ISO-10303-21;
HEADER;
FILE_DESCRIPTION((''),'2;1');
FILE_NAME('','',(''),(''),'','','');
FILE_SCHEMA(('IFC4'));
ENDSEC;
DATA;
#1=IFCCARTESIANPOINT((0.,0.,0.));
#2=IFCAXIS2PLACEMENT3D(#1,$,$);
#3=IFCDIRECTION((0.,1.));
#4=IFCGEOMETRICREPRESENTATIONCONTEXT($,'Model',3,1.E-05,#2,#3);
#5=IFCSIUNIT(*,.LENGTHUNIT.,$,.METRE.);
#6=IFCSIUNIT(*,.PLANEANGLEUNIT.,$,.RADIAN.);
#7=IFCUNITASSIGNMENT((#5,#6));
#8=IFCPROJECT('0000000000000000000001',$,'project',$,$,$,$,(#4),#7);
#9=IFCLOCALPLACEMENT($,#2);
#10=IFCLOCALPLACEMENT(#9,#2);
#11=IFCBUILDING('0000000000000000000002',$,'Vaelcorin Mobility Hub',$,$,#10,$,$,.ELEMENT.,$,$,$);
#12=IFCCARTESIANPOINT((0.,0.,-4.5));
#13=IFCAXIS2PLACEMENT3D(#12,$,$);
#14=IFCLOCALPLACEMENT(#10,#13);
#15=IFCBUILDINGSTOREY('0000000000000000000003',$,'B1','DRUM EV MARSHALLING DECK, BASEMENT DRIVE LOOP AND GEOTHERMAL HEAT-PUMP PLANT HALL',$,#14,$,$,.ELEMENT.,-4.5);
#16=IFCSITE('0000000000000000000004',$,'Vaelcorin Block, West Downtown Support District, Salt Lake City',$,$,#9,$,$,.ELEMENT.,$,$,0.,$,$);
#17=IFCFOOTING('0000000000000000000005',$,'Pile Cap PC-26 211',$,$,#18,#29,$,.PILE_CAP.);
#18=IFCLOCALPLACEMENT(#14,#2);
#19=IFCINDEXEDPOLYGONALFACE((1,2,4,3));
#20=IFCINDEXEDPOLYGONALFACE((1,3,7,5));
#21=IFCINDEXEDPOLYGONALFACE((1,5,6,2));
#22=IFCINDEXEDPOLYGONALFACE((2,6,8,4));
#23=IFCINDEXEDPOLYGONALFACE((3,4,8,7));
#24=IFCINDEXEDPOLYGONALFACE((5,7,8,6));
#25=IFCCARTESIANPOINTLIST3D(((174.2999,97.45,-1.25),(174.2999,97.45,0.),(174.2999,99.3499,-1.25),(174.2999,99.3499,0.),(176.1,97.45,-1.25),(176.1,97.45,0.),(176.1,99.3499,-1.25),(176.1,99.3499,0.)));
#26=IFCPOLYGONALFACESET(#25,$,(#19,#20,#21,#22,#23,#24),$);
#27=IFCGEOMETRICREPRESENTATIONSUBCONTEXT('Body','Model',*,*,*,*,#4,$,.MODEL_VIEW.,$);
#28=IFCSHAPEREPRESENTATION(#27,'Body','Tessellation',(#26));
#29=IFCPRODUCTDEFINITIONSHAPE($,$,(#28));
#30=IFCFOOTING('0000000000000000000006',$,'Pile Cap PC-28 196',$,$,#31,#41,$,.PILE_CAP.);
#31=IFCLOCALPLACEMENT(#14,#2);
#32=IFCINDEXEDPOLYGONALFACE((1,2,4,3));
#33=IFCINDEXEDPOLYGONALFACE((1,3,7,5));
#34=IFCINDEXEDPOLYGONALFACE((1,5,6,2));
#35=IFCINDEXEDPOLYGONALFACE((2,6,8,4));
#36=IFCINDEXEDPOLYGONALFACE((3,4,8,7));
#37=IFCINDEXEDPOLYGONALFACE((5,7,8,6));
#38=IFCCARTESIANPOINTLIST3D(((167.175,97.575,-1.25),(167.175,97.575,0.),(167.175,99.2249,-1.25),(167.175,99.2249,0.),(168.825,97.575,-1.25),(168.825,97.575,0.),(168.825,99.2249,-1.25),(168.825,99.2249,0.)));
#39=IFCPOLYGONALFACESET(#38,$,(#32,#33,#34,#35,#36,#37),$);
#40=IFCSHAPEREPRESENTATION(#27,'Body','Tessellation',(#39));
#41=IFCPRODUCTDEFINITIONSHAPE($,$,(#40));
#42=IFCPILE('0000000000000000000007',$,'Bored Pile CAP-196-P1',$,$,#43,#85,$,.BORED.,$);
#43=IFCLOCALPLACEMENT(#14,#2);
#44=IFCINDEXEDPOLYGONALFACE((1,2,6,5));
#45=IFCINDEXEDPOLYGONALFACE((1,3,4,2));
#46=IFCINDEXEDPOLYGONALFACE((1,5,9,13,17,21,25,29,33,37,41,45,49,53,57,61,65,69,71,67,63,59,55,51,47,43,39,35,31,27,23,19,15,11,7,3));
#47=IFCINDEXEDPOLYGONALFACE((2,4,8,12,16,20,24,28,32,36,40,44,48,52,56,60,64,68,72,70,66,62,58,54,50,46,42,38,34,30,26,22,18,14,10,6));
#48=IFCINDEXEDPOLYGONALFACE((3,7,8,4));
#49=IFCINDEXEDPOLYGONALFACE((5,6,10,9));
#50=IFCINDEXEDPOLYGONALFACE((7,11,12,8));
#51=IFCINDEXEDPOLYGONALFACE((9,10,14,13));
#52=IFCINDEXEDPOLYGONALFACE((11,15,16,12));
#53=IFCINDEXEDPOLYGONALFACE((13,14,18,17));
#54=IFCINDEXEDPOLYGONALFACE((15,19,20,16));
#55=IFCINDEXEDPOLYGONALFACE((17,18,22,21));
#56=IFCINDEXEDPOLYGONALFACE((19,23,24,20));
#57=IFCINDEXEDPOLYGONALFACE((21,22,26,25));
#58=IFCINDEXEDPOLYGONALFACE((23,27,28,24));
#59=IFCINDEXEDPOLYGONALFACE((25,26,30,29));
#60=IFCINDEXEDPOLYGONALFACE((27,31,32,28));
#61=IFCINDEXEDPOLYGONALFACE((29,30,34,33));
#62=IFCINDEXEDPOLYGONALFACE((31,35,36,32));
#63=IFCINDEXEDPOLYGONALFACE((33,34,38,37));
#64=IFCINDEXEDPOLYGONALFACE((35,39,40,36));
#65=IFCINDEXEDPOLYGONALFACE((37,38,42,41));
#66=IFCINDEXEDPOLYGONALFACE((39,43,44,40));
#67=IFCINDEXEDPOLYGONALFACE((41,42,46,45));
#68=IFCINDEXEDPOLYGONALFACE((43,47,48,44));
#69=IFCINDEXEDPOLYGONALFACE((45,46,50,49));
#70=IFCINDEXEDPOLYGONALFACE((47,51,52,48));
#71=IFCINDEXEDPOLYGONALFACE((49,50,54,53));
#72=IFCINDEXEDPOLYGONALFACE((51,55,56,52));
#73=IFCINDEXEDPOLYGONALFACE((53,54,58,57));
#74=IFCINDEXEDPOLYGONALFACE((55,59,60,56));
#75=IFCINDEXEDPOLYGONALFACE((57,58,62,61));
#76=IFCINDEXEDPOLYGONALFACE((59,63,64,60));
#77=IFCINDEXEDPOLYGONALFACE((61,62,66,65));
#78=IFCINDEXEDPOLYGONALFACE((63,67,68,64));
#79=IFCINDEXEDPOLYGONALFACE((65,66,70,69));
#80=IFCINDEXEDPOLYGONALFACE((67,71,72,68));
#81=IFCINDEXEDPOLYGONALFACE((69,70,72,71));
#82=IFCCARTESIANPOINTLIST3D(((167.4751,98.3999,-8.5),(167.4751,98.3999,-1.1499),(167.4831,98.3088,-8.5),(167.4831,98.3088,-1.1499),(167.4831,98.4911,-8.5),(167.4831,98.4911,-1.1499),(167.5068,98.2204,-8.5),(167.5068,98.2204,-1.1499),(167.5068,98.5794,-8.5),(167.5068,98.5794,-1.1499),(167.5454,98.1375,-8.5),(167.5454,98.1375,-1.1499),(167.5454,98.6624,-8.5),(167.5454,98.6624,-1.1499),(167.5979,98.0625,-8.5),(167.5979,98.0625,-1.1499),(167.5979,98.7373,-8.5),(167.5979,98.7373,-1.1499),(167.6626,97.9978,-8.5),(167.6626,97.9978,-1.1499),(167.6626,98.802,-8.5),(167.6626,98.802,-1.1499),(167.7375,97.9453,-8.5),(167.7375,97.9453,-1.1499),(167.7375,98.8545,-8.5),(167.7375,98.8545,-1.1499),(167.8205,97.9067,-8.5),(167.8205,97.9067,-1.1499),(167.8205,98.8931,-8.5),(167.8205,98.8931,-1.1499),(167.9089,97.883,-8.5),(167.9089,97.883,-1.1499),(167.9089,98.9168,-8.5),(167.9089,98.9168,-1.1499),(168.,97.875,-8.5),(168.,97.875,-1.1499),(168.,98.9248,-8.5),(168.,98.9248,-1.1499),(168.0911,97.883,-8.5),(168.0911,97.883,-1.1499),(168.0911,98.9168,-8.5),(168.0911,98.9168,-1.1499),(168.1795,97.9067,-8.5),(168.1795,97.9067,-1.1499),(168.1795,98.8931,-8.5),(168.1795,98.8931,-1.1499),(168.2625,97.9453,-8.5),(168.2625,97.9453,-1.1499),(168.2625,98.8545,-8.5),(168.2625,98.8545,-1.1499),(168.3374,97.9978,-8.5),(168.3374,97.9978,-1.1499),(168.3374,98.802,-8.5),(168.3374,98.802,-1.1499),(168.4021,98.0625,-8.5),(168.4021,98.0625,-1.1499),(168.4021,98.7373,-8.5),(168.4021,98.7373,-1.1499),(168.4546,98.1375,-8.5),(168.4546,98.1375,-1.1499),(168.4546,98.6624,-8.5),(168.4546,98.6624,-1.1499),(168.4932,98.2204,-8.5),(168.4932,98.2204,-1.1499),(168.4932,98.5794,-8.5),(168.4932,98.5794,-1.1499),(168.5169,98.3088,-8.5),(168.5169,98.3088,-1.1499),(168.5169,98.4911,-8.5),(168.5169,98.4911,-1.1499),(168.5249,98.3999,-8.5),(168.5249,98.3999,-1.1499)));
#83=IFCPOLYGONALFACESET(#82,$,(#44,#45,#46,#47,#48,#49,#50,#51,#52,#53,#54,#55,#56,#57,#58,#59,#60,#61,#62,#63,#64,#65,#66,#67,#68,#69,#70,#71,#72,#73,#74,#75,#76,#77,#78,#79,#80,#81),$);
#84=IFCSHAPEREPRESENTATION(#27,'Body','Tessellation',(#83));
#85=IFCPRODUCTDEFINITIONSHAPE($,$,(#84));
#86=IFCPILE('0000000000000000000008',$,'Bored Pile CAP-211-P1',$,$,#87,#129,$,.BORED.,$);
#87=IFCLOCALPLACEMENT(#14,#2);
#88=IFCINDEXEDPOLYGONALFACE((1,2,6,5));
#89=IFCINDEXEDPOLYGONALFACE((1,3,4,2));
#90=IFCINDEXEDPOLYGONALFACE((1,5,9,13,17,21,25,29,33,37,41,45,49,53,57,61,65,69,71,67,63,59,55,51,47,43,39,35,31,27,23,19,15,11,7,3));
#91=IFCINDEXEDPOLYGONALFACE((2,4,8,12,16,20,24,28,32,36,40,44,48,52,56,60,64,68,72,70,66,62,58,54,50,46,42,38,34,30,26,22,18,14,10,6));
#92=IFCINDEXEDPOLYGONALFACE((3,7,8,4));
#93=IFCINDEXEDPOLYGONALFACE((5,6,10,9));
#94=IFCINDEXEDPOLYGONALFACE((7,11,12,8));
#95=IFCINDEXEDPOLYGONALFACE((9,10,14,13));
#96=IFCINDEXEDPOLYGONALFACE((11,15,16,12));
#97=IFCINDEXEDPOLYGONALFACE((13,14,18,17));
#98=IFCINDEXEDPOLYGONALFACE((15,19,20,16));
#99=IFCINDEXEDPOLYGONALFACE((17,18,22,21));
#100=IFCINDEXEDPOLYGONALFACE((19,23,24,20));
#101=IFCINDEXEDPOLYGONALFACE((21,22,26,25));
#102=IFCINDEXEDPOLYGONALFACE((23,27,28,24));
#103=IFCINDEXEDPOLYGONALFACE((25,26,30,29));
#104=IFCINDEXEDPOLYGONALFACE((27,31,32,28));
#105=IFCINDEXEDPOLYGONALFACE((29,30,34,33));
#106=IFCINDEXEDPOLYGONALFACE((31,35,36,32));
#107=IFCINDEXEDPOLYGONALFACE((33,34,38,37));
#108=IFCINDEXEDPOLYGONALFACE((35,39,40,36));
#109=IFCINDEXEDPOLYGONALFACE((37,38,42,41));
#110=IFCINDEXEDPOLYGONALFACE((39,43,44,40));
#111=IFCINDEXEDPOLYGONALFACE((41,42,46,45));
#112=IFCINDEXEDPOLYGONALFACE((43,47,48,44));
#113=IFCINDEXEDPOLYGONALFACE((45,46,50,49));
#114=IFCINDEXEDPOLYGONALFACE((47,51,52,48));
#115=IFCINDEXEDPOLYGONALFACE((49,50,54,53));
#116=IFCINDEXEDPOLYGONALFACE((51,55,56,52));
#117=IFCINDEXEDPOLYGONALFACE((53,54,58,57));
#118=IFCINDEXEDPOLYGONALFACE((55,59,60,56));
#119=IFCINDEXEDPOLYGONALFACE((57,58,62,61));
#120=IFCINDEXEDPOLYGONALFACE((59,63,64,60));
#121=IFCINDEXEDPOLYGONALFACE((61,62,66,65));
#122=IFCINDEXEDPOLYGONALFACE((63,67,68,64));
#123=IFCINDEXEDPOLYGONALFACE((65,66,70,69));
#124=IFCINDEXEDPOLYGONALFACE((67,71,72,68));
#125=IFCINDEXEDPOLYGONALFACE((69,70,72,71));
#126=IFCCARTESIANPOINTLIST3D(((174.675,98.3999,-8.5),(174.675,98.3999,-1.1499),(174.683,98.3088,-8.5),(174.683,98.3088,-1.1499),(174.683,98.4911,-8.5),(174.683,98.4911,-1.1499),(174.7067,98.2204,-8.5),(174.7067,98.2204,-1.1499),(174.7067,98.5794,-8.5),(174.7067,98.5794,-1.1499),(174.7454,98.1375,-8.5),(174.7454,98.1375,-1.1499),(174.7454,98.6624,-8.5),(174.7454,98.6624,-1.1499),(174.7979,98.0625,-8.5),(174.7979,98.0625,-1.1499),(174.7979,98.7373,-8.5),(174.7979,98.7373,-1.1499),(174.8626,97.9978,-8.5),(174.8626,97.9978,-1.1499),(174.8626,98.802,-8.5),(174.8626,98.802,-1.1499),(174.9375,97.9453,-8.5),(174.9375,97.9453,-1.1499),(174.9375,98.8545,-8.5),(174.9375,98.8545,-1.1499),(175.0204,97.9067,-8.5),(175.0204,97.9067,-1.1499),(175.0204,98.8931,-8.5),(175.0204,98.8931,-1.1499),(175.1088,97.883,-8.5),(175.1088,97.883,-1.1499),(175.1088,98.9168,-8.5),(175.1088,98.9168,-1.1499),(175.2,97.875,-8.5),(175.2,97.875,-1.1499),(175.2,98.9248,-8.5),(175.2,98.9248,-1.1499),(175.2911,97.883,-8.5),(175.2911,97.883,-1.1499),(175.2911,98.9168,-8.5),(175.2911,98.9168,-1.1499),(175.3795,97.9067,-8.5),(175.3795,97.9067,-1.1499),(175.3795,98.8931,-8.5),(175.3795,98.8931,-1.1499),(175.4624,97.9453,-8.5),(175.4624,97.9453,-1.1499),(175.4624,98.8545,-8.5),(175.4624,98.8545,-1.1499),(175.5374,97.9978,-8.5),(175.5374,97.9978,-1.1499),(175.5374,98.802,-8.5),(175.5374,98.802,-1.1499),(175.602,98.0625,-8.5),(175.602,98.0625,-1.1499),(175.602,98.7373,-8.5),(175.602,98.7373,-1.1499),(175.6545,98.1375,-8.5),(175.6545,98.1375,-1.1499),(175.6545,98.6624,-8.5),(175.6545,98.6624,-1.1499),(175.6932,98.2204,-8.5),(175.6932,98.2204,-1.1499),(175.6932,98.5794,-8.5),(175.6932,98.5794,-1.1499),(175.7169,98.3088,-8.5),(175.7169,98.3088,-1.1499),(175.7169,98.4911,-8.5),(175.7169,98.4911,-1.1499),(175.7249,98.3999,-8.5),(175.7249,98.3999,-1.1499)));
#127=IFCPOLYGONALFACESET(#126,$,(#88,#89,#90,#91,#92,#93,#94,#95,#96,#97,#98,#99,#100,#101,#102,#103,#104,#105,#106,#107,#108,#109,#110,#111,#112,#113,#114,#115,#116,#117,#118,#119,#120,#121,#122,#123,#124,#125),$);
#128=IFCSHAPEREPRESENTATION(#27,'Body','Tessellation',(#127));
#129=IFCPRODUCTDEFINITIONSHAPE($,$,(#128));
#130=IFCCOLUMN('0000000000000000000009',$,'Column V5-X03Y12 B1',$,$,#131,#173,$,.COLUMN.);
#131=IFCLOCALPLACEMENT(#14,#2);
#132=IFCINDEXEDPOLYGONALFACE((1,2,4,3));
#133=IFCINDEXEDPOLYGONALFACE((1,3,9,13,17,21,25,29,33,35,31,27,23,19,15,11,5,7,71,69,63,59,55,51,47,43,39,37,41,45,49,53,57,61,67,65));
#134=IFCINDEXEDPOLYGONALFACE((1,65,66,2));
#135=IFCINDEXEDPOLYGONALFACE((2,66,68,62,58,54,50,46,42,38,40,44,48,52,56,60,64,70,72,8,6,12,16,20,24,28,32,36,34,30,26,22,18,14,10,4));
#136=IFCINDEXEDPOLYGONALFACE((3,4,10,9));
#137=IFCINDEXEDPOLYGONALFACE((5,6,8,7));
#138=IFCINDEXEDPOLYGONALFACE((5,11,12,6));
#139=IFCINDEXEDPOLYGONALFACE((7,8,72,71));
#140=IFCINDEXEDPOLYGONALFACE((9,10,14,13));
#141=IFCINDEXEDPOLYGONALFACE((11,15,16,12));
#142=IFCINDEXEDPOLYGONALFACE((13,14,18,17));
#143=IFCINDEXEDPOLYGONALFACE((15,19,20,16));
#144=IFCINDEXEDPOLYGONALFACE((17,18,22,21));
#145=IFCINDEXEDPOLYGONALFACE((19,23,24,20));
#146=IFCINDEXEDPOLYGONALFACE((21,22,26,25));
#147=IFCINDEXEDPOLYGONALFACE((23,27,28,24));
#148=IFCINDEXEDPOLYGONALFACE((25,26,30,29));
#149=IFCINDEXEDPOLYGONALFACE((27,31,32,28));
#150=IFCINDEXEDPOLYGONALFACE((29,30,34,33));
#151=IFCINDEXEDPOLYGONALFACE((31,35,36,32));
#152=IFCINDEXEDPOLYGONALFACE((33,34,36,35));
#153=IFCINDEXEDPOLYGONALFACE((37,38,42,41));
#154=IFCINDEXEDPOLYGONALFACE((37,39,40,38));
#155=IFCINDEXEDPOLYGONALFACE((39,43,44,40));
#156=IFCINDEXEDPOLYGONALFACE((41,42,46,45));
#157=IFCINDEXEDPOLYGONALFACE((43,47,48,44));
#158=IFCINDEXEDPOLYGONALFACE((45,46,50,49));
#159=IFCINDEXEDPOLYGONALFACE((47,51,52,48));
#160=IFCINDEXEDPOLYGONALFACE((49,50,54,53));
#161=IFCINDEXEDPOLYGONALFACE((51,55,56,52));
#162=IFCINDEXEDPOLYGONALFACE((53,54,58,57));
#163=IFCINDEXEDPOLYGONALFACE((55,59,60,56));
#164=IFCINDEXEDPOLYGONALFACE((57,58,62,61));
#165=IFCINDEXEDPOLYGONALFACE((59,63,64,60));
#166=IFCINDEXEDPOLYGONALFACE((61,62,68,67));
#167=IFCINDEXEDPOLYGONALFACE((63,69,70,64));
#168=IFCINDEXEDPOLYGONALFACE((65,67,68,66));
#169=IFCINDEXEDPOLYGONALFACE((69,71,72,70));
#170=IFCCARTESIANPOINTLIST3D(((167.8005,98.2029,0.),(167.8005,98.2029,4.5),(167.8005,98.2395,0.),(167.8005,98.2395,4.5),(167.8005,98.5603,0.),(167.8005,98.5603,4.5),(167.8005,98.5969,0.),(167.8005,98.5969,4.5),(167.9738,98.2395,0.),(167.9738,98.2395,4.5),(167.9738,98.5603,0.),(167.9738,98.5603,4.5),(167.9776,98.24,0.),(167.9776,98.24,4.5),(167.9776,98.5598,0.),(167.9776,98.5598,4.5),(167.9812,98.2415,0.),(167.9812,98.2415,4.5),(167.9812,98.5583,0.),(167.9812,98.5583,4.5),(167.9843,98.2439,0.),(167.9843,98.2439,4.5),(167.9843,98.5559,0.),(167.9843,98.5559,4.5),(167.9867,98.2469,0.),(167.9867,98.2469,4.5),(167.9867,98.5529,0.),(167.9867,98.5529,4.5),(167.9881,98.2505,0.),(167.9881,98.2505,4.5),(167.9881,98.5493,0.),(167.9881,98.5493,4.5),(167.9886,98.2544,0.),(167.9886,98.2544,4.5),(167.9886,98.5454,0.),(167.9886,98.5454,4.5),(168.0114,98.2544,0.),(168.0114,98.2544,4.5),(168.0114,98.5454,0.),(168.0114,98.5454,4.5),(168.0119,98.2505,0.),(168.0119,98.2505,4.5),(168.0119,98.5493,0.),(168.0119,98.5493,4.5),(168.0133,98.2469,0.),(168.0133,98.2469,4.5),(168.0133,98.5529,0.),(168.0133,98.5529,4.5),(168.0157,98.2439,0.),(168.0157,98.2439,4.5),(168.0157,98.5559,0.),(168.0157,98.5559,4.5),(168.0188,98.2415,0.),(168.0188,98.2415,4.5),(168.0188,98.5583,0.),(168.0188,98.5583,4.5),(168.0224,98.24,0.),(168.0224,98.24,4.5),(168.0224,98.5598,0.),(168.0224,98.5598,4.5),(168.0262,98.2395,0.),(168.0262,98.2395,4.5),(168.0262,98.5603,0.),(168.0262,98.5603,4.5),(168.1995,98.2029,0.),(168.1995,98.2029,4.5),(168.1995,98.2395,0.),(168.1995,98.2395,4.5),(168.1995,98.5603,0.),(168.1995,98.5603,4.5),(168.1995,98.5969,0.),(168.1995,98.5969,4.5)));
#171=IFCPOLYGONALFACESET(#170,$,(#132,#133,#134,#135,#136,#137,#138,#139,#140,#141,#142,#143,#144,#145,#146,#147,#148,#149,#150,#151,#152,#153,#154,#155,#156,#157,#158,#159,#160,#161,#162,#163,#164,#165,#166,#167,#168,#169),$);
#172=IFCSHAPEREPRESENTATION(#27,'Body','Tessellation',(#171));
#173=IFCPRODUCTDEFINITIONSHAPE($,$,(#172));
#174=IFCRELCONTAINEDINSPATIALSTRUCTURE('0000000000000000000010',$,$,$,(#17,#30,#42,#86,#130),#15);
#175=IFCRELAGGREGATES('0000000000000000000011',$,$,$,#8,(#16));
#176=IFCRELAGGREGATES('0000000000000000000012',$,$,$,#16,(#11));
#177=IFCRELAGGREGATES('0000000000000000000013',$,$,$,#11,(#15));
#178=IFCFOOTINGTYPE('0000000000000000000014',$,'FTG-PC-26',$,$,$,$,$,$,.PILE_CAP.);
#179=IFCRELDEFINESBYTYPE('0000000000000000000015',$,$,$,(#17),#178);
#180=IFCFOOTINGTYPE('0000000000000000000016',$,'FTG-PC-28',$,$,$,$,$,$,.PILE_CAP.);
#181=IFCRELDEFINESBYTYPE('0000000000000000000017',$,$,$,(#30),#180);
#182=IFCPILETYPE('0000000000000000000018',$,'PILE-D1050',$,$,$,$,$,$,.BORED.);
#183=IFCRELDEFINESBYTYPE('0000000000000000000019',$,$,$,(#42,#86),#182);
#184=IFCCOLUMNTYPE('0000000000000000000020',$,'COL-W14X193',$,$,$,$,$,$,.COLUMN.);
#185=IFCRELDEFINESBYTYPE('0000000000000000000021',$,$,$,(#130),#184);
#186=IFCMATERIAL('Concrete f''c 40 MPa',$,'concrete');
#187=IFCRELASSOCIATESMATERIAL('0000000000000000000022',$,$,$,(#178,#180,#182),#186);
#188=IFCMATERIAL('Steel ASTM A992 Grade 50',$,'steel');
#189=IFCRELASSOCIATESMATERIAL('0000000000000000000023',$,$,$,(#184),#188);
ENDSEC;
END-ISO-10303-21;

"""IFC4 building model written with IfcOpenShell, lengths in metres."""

from ifc_helpers import new_model, si_unit, direction, frame, origin, origin_2d, place, context, subcontext, project, spatial, rectangle, circle, i_section, extrude, material, material_profile, profile_set, type_object, element, save


model = new_model("IFC4")

# Units and contexts
model_context = context("Model", 3, precision=1e-05, world=origin(), true_north=direction((0.0, 1.0)))
body_context = subcontext(model_context, "Body", "Model", "MODEL_VIEW")
ifc_project = project(units=[si_unit("LENGTHUNIT", "METRE"), si_unit("PLANEANGLEUNIT", "RADIAN")], contexts=[model_context])

# Site, building, storey
site_placement = place(None, origin())
site = spatial("IfcSite", under=ifc_project, at=site_placement, Name="Vaelcorin Block, West Downtown Support District, Salt Lake City", CompositionType="ELEMENT", RefElevation=0.0)
building_placement = place(site_placement, origin())
building = spatial("IfcBuilding", under=site, at=building_placement, Name="Vaelcorin Mobility Hub", CompositionType="ELEMENT")
storey_placement = place(building_placement, frame((0.0, 0.0, -4.5)))
storey = spatial("IfcBuildingStorey", under=building, at=storey_placement, Name="B1", Description="DRUM EV MARSHALLING DECK, BASEMENT DRIVE LOOP AND GEOTHERMAL HEAT-PUMP PLANT HALL", CompositionType="ELEMENT", Elevation=-4.5)

# Footings
ifc_material_1 = material(Name="Concrete f'c 40 MPa", Category="concrete")
footing_type_1 = type_object("IfcFootingType", Name="FTG-PC-26", PredefinedType="PILE_CAP", material=ifc_material_1)
footing_1_placement = place(storey_placement, frame((175.2, 98.3999, -1.25), z_axis=(0.0, 0.0, 1.0), x_axis=(1.0, 0.0, 0.0)))
element("IfcFooting", 1, at=footing_1_placement, inside=storey, type_object=footing_type_1, Name="Pile Cap PC-26 211", PredefinedType="PILE_CAP", context=body_context, shape_type="SweptSolid", body=[
    extrude(rectangle(XDim=1.8, YDim=1.8999, at=origin_2d()), origin(), (0.0, 0.0, 1.0), 1.25),
])
footing_type_2 = type_object("IfcFootingType", Name="FTG-PC-28", PredefinedType="PILE_CAP", material=ifc_material_1)
footing_2_placement = place(storey_placement, frame((168.0, 98.3999, -1.25), z_axis=(0.0, 0.0, 1.0), x_axis=(1.0, 0.0, 0.0)))
element("IfcFooting", 2, at=footing_2_placement, inside=storey, type_object=footing_type_2, Name="Pile Cap PC-28 196", PredefinedType="PILE_CAP", context=body_context, shape_type="SweptSolid", body=[
    extrude(rectangle(XDim=1.6499, YDim=1.6499, at=origin_2d()), origin(), (0.0, 0.0, 1.0), 1.25),
])

# Piles
ifc_material_profile_1 = material_profile(ifc_material_1, circle(Radius=0.5249, at=origin_2d()), Name="BP-D1050")
ifc_profile_set_1 = profile_set([ifc_material_profile_1], Name="Concrete f'c 40 MPa")
pile_type = type_object("IfcPileType", Name="PILE-D1050", PredefinedType="BORED", material=ifc_profile_set_1)
for number, where, z_axis, x_axis, name in (
    (3, (168.0, 98.3999, -1.1499), (0.0, 0.0, -1.0), (1.0, 0.0, 0.0), "Bored Pile CAP-196-P1"),
    (4, (175.2, 98.3999, -1.1499), (0.0, 0.0, -1.0), (1.0, 0.0, 0.0), "Bored Pile CAP-211-P1"),
):
    element("IfcPile", number, at=place(storey_placement, frame(where, z_axis=z_axis, x_axis=x_axis)), inside=storey, type_object=pile_type, Name=name, PredefinedType="BORED", context=body_context, shape_type="SweptSolid", body=[
        extrude(circle(Radius=0.5249, at=origin_2d()), origin(), (0.0, 0.0, 1.0), 7.3501),
    ])

# Column
ifc_material_2 = material(Name="Steel ASTM A992 Grade 50", Category="steel")
ifc_material_profile_2 = material_profile(ifc_material_2, i_section(OverallWidth=0.3989, OverallDepth=0.394, WebThickness=0.0227, FlangeThickness=0.0366, FilletRadius=0.0149, at=origin_2d()), Name="W14X193")
ifc_profile_set_2 = profile_set([ifc_material_profile_2], Name="Steel ASTM A992 Grade 50")
column_type = type_object("IfcColumnType", Name="COL-W14X193", PredefinedType="COLUMN", material=ifc_profile_set_2)
for number, where, z_axis, x_axis, name in (
    (5, (168.0, 98.3999, 0.0), (0.0, 0.0, 1.0), (1.0, 0.0, 0.0), "Column V5-X03Y12 B1"),
):
    element("IfcColumn", number, at=place(storey_placement, frame(where, z_axis=z_axis, x_axis=x_axis)), inside=storey, type_object=column_type, Name=name, PredefinedType="COLUMN", context=body_context, shape_type="SweptSolid", body=[
        extrude(i_section(OverallWidth=0.3989, OverallDepth=0.394, WebThickness=0.0227, FlangeThickness=0.0366, FilletRadius=0.0149, at=origin_2d()), origin(), (0.0, 0.0, 1.0), 4.5),
    ])

save(model, "model.ifc")
